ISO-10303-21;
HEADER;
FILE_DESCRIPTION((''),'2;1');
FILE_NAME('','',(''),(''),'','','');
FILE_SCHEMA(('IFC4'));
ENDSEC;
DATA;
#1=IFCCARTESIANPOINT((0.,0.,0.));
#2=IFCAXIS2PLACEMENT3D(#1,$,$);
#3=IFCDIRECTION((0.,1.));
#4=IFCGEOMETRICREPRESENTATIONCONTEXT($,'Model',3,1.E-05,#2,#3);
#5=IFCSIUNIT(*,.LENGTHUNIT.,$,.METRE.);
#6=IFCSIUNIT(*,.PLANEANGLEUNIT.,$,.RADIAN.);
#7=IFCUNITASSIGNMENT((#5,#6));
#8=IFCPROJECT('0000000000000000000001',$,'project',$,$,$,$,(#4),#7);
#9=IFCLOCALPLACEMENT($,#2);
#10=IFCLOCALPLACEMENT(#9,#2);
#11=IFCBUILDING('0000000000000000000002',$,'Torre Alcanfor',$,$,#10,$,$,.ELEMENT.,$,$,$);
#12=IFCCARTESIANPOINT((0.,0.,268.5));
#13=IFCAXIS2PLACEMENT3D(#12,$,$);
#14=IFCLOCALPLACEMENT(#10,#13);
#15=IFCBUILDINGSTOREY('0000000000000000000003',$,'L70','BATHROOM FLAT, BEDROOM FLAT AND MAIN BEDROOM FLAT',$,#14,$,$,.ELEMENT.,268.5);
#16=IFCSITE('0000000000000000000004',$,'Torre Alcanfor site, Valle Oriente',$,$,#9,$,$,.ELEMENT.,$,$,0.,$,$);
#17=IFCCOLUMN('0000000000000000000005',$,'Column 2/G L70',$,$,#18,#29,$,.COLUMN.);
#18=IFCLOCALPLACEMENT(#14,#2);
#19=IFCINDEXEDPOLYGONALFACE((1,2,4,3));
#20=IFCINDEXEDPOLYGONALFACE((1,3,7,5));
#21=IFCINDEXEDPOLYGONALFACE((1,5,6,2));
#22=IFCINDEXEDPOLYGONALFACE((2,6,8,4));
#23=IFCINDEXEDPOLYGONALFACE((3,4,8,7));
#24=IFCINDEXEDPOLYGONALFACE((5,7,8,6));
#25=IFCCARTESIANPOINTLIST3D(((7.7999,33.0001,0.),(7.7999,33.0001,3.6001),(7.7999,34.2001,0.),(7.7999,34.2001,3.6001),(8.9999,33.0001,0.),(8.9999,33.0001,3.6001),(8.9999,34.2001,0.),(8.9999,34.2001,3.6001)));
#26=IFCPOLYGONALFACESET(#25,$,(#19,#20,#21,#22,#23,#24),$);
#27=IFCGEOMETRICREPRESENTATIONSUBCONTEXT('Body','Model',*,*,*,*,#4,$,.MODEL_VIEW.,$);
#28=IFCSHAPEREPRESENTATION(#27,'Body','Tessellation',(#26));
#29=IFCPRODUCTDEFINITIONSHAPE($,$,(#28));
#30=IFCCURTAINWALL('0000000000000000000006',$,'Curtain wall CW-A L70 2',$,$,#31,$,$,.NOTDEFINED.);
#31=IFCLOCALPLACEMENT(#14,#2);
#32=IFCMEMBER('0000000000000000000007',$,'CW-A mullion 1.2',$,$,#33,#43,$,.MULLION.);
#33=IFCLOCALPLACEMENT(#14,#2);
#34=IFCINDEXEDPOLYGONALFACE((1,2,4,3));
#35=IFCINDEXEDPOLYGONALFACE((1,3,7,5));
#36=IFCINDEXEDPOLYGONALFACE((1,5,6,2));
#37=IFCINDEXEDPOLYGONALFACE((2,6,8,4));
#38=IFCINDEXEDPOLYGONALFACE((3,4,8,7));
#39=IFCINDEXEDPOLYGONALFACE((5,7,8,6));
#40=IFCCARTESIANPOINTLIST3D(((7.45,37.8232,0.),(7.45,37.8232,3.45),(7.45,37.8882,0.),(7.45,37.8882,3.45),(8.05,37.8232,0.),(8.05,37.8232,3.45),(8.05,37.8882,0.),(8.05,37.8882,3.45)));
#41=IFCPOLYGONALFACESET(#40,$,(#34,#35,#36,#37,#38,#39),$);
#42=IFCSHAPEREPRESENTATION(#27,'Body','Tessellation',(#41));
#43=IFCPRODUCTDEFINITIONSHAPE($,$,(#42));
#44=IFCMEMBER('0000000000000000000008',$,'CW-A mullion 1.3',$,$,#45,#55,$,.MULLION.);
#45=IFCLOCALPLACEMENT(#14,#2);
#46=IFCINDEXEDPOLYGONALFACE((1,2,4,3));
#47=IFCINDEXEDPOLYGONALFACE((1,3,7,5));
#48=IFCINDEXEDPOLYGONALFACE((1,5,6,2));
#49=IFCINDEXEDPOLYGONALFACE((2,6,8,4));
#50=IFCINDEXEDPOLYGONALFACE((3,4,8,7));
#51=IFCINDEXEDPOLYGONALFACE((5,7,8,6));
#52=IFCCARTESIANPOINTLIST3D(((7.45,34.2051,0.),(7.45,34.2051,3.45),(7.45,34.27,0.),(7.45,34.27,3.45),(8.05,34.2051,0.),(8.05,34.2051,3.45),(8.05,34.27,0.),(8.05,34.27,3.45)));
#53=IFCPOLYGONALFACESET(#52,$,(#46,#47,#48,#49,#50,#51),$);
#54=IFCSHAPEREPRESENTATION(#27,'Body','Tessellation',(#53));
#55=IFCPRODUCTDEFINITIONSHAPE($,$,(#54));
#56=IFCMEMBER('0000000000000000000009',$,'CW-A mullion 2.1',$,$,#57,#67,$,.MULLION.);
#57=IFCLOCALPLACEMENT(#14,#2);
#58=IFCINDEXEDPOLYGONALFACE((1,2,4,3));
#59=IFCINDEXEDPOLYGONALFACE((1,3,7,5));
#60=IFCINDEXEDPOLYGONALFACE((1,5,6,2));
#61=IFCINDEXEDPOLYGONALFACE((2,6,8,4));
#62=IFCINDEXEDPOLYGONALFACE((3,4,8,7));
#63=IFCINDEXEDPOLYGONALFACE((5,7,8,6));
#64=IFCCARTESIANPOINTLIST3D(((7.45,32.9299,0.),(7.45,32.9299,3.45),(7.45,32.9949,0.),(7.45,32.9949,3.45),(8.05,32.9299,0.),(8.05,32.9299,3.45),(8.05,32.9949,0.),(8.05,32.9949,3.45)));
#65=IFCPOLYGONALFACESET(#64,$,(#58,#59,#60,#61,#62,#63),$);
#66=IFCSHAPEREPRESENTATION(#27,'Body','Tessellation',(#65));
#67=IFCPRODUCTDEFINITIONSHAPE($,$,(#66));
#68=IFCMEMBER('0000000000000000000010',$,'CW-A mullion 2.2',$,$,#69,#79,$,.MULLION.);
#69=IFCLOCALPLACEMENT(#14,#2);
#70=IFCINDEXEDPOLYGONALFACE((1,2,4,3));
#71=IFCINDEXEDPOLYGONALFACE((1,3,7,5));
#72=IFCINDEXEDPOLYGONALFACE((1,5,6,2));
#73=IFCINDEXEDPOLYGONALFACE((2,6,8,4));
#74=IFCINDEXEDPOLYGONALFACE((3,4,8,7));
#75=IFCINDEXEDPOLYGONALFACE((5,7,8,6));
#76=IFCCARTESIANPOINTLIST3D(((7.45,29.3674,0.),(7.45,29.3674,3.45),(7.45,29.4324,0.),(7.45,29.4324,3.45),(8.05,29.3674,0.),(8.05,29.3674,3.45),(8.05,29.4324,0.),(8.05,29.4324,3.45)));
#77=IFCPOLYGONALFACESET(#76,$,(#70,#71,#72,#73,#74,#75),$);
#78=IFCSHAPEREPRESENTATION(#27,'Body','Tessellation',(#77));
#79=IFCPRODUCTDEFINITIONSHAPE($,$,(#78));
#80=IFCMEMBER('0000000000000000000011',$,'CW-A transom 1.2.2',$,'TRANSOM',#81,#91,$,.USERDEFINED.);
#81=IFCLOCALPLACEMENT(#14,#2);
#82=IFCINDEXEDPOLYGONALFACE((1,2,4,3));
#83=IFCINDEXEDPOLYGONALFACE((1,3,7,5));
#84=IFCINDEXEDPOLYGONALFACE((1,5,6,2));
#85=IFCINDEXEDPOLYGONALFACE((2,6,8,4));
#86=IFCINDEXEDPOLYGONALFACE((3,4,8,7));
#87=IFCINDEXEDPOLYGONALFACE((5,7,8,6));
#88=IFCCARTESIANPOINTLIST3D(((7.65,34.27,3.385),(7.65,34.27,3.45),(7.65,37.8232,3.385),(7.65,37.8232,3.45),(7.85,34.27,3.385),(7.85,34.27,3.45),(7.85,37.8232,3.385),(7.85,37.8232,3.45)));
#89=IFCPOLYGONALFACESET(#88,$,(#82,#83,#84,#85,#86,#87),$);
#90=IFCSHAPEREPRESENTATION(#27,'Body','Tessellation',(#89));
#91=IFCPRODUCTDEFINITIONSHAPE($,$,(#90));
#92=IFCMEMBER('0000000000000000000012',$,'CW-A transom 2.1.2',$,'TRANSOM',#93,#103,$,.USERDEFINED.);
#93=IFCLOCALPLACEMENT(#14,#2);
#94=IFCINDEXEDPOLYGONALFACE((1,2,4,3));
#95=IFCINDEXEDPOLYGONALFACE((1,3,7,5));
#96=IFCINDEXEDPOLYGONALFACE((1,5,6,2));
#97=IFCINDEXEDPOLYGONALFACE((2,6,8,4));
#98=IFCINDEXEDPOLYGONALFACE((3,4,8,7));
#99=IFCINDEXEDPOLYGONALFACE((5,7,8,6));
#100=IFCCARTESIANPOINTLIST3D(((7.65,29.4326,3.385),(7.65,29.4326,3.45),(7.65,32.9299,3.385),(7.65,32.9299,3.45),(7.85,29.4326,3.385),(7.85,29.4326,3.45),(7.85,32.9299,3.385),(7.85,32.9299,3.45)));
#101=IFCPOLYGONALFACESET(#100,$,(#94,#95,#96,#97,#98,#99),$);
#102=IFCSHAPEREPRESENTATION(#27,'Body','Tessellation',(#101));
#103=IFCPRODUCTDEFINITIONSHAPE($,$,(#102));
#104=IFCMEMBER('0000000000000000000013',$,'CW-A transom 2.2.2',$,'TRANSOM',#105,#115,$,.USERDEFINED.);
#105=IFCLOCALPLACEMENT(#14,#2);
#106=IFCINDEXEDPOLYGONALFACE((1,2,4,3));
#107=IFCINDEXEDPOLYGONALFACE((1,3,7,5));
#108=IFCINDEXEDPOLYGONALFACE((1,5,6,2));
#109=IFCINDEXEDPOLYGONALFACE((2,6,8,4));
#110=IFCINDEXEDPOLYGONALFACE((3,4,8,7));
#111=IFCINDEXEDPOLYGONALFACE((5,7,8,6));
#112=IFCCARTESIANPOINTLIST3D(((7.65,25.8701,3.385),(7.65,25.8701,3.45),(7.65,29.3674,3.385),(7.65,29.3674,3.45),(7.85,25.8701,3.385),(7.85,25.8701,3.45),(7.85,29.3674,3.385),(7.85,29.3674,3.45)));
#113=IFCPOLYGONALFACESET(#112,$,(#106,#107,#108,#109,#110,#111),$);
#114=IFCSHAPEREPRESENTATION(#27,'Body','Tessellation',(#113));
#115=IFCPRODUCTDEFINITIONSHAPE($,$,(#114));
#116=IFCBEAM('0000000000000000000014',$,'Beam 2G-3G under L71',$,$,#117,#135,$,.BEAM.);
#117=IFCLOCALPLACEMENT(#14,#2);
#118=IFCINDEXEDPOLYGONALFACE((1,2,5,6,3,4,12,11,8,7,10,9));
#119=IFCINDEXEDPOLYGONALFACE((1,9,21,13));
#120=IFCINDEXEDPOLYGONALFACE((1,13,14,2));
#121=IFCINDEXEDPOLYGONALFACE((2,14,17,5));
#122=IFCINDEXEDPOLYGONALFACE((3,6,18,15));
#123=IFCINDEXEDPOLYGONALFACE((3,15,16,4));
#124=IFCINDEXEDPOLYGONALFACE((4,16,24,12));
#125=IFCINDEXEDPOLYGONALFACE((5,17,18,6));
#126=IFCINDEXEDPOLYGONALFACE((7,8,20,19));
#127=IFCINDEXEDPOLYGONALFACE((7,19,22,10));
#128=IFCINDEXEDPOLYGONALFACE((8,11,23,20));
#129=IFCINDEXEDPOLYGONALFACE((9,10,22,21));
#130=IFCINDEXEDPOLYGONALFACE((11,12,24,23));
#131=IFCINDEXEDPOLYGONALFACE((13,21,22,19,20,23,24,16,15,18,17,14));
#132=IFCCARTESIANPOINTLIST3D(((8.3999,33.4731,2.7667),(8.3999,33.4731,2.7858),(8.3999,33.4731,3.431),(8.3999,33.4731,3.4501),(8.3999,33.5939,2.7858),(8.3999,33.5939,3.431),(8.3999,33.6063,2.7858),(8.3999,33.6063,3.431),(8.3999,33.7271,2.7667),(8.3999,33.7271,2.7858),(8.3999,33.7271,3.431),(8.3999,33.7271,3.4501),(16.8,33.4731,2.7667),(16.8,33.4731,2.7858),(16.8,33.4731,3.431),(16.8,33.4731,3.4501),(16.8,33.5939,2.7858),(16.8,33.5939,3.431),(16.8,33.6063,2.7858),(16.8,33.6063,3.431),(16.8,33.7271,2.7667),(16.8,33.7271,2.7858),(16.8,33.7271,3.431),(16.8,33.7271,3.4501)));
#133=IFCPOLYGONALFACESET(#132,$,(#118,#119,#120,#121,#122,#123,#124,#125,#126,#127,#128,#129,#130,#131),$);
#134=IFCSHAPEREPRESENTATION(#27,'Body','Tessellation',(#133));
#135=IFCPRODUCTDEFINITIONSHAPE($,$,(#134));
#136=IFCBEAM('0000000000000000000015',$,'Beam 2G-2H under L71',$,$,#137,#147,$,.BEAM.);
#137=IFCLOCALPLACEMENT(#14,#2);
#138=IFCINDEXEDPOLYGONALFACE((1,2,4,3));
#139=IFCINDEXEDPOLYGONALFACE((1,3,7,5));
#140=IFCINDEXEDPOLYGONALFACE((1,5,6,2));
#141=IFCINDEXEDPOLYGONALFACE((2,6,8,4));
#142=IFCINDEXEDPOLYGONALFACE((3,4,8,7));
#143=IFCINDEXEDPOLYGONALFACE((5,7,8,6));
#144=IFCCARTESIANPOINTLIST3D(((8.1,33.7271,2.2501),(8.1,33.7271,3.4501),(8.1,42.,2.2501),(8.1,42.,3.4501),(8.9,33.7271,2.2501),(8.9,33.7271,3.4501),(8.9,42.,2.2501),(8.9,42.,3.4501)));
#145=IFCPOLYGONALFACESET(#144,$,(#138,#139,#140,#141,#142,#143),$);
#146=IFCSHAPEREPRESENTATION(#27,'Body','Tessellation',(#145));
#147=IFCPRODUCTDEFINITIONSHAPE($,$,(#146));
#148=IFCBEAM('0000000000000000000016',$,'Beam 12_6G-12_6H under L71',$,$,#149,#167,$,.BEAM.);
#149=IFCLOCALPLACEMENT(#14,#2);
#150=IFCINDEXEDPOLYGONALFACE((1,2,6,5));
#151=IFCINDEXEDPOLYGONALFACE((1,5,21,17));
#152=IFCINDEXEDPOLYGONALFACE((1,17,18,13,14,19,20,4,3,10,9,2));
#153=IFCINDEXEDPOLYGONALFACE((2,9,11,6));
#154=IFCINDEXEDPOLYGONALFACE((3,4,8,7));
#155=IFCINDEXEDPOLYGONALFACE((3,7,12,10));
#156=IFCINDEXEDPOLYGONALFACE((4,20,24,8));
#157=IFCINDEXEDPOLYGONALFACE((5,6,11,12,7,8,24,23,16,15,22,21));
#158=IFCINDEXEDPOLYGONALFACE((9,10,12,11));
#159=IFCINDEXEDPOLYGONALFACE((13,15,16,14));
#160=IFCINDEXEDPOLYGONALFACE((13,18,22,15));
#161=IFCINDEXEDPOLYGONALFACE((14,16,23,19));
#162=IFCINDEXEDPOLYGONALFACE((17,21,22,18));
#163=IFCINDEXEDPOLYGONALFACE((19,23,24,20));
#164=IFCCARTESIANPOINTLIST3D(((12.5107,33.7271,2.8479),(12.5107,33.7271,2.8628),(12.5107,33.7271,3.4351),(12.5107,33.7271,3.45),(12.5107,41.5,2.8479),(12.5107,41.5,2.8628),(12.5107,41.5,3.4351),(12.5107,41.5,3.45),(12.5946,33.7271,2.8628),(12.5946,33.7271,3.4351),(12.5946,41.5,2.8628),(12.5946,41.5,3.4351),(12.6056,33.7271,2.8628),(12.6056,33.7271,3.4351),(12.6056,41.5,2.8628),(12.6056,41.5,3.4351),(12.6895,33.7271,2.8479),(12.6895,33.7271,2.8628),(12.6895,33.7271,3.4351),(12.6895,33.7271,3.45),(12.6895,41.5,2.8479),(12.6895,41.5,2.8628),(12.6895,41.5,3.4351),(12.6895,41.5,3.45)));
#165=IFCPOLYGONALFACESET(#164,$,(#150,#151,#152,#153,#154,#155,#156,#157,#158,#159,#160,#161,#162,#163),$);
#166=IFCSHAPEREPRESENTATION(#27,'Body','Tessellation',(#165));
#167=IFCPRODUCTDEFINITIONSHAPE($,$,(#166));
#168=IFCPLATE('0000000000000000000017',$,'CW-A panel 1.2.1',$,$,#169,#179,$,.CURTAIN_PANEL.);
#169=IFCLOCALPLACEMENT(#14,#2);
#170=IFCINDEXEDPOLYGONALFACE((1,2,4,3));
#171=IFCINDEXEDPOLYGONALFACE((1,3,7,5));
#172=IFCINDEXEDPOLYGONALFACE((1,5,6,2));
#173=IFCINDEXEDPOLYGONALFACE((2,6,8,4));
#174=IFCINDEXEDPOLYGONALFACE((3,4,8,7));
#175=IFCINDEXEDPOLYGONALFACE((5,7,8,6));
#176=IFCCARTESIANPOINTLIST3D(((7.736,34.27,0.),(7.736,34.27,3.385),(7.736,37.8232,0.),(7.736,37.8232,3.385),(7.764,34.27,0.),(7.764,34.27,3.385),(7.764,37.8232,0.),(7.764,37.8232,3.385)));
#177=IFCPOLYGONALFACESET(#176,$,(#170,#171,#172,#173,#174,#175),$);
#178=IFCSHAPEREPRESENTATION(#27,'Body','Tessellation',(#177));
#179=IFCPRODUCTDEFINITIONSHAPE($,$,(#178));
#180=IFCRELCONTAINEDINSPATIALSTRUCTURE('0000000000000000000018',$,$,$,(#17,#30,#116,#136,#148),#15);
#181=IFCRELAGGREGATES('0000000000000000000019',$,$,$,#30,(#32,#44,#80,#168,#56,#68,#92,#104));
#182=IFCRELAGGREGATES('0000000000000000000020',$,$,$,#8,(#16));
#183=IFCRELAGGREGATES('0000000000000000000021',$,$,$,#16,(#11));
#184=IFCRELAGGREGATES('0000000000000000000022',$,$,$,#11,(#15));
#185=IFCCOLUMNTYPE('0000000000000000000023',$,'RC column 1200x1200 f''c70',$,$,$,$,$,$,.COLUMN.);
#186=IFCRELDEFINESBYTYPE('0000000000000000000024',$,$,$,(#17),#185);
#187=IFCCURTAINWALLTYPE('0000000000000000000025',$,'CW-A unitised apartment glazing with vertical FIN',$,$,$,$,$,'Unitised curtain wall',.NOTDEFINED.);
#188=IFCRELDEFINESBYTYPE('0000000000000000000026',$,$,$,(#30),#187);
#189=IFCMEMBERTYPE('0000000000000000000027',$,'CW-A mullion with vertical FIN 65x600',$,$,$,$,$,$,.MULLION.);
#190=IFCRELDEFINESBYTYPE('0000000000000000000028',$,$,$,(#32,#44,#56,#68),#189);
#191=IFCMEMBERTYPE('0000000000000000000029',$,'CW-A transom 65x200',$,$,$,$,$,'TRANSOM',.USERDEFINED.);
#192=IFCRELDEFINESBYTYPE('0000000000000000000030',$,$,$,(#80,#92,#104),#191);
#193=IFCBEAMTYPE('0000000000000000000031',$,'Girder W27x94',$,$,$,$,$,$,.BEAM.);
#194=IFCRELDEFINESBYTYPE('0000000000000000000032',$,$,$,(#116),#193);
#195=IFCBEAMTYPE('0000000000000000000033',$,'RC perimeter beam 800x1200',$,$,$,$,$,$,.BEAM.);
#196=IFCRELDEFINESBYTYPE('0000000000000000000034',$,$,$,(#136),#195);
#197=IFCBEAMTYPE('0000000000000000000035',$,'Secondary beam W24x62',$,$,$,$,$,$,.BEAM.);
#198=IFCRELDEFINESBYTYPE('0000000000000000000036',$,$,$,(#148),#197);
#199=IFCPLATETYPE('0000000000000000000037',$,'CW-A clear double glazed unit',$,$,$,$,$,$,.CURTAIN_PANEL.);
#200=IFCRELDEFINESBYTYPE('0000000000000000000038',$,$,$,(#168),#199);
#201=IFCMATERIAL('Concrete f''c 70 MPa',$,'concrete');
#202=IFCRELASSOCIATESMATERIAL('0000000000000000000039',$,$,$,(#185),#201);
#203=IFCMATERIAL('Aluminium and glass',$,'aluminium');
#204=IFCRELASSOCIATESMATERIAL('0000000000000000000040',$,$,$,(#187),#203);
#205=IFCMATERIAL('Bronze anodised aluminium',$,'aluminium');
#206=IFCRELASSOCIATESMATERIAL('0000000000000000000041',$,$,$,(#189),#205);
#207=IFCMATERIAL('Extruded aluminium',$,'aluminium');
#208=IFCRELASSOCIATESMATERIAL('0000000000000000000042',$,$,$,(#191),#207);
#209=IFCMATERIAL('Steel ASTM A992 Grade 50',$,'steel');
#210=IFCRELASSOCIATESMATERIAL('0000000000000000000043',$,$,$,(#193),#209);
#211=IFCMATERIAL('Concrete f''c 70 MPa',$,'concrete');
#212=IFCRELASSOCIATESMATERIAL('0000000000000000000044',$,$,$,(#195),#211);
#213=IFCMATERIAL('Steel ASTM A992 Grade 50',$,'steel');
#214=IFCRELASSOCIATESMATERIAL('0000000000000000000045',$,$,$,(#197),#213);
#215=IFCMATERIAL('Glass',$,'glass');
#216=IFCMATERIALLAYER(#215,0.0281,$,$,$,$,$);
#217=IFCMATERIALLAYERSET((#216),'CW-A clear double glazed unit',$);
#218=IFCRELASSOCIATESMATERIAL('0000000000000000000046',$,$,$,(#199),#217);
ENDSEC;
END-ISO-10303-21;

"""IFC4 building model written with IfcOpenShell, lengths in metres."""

from ifc_helpers import new_model, si_unit, direction, frame, origin, origin_2d, place, context, subcontext, project, spatial, rectangle, i_section, extrude, material, layer, layer_set, material_profile, profile_set, type_object, element, aggregate, save


model = new_model("IFC4")

# Units and contexts
model_context = context("Model", 3, precision=1e-05, world=origin(), true_north=direction((0.0, 1.0)))
body_context = subcontext(model_context, "Body", "Model", "MODEL_VIEW")
ifc_project = project(units=[si_unit("LENGTHUNIT", "METRE"), si_unit("PLANEANGLEUNIT", "RADIAN")], contexts=[model_context])

# Site, building, storey
site_placement = place(None, origin())
site = spatial("IfcSite", under=ifc_project, at=site_placement, Name="Torre Alcanfor site, Valle Oriente", CompositionType="ELEMENT", RefElevation=0.0)
building_placement = place(site_placement, origin())
building = spatial("IfcBuilding", under=site, at=building_placement, Name="Torre Alcanfor", CompositionType="ELEMENT")
storey_placement = place(building_placement, frame((0.0, 0.0, 268.5)))
storey = spatial("IfcBuildingStorey", under=building, at=storey_placement, Name="L70", Description="BATHROOM FLAT, BEDROOM FLAT AND MAIN BEDROOM FLAT", CompositionType="ELEMENT", Elevation=268.5)

# Column
ifc_material_1 = material(Name="Concrete f'c 70 MPa", Category="concrete")
ifc_material_profile_1 = material_profile(ifc_material_1, rectangle(XDim=1.2, YDim=1.2, at=origin_2d()), Name="1200x1200")
ifc_profile_set_1 = profile_set([ifc_material_profile_1], Name="Concrete f'c 70 MPa")
column_type = type_object("IfcColumnType", Name="RC column 1200x1200 f'c70", PredefinedType="COLUMN", material=ifc_profile_set_1)
column_placement = place(storey_placement, frame((8.3999, 33.6001, 0.0), z_axis=(0.0, 0.0, 1.0), x_axis=(1.0, 0.0, 0.0)))
element("IfcColumn", 1, at=column_placement, inside=storey, type_object=column_type, Name="Column 2/G L70", PredefinedType="COLUMN", context=body_context, shape_type="SweptSolid", body=[
    extrude(rectangle(XDim=1.2, YDim=1.2, at=origin_2d()), origin(), (0.0, 0.0, 1.0), 3.6001),
])

# Curtain wall, members
ifc_material_2 = material(Name="Aluminium and glass", Category="aluminium")
curtain_wall_type = type_object("IfcCurtainWallType", Name="CW-A unitised apartment glazing with vertical FIN", ElementType="Unitised curtain wall", PredefinedType="NOTDEFINED", material=ifc_material_2)
curtain_wall_placement = place(storey_placement, origin())
curtain_wall = element("IfcCurtainWall", 2, at=curtain_wall_placement, inside=storey, type_object=curtain_wall_type, Name="Curtain wall CW-A L70 2", PredefinedType="NOTDEFINED")
ifc_material_3 = material(Name="Bronze anodised aluminium", Category="aluminium")
ifc_material_profile_2 = material_profile(ifc_material_3, rectangle(XDim=0.6001, YDim=0.0649, at=origin_2d()), Name="CW-A mullion 65x600")
ifc_profile_set_2 = profile_set([ifc_material_profile_2], Name="Bronze anodised aluminium")
member_type_1 = type_object("IfcMemberType", Name="CW-A mullion with vertical FIN 65x600", PredefinedType="MULLION", material=ifc_profile_set_2)
member_1_placement = place(storey_placement, frame((7.75, 37.8557, 0.0), z_axis=(0.0, 0.0, 1.0), x_axis=(1.0, 0.0, 0.0)))
member_1 = element("IfcMember", 3, at=member_1_placement, type_object=member_type_1, Name="CW-A mullion 1.2", PredefinedType="MULLION", context=body_context, shape_type="SweptSolid", body=[
    extrude(rectangle(XDim=0.6001, YDim=0.0649, at=origin_2d()), origin(), (0.0, 0.0, 1.0), 3.45),
])
member_2_placement = place(storey_placement, frame((7.75, 34.2375, 0.0), z_axis=(0.0, 0.0, 1.0), x_axis=(1.0, 0.0, 0.0)))
member_2 = element("IfcMember", 4, at=member_2_placement, type_object=member_type_1, Name="CW-A mullion 1.3", PredefinedType="MULLION", context=body_context, shape_type="SweptSolid", body=[
    extrude(rectangle(XDim=0.6001, YDim=0.0649, at=origin_2d()), origin(), (0.0, 0.0, 1.0), 3.45),
])
member_3_placement = place(storey_placement, frame((7.75, 32.9624, 0.0), z_axis=(0.0, 0.0, 1.0), x_axis=(1.0, 0.0, 0.0)))
member_3 = element("IfcMember", 5, at=member_3_placement, type_object=member_type_1, Name="CW-A mullion 2.1", PredefinedType="MULLION", context=body_context, shape_type="SweptSolid", body=[
    extrude(rectangle(XDim=0.6001, YDim=0.0649, at=origin_2d()), origin(), (0.0, 0.0, 1.0), 3.45),
])
member_4_placement = place(storey_placement, frame((7.75, 29.3999, 0.0), z_axis=(0.0, 0.0, 1.0), x_axis=(1.0, 0.0, 0.0)))
member_4 = element("IfcMember", 6, at=member_4_placement, type_object=member_type_1, Name="CW-A mullion 2.2", PredefinedType="MULLION", context=body_context, shape_type="SweptSolid", body=[
    extrude(rectangle(XDim=0.6001, YDim=0.0649, at=origin_2d()), origin(), (0.0, 0.0, 1.0), 3.45),
])
ifc_material_4 = material(Name="Extruded aluminium", Category="aluminium")
ifc_material_profile_3 = material_profile(ifc_material_4, rectangle(XDim=0.2, YDim=0.0649, at=origin_2d()), Name="CW-A transom 200x65")
ifc_profile_set_3 = profile_set([ifc_material_profile_3], Name="Extruded aluminium")
member_type_2 = type_object("IfcMemberType", Name="CW-A transom 65x200", ElementType="TRANSOM", PredefinedType="USERDEFINED", material=ifc_profile_set_3)
member_5_placement = place(storey_placement, frame((7.75, 37.8232, 3.4175), z_axis=(0.0, -1.0, 0.0), x_axis=(1.0, 0.0, 0.0)))
member_5 = element("IfcMember", 7, at=member_5_placement, type_object=member_type_2, Name="CW-A transom 1.2.2", ObjectType="TRANSOM", PredefinedType="USERDEFINED", context=body_context, shape_type="SweptSolid", body=[
    extrude(rectangle(XDim=0.2, YDim=0.0649, at=origin_2d()), origin(), (0.0, 0.0, 1.0), 3.5532),
])
member_6_placement = place(storey_placement, frame((7.75, 32.9299, 3.4175), z_axis=(0.0, -1.0, 0.0), x_axis=(1.0, 0.0, 0.0)))
member_6 = element("IfcMember", 8, at=member_6_placement, type_object=member_type_2, Name="CW-A transom 2.1.2", ObjectType="TRANSOM", PredefinedType="USERDEFINED", context=body_context, shape_type="SweptSolid", body=[
    extrude(rectangle(XDim=0.2, YDim=0.0649, at=origin_2d()), origin(), (0.0, 0.0, 1.0), 3.4973),
])
member_7_placement = place(storey_placement, frame((7.75, 29.3674, 3.4175), z_axis=(0.0, -1.0, 0.0), x_axis=(1.0, 0.0, 0.0)))
member_7 = element("IfcMember", 9, at=member_7_placement, type_object=member_type_2, Name="CW-A transom 2.2.2", ObjectType="TRANSOM", PredefinedType="USERDEFINED", context=body_context, shape_type="SweptSolid", body=[
    extrude(rectangle(XDim=0.2, YDim=0.0649, at=origin_2d()), origin(), (0.0, 0.0, 1.0), 3.4973),
])

# Beams
ifc_material_5 = material(Name="Steel ASTM A992 Grade 50", Category="steel")
ifc_material_profile_4 = material_profile(ifc_material_5, i_section(OverallWidth=0.2539, OverallDepth=0.6833, WebThickness=0.0125, FlangeThickness=0.019, at=origin_2d()), Name="W27x94")
ifc_profile_set_4 = profile_set([ifc_material_profile_4], Name="Steel ASTM A992 Grade 50")
beam_type_1 = type_object("IfcBeamType", Name="Girder W27x94", PredefinedType="BEAM", material=ifc_profile_set_4)
beam_1_placement = place(storey_placement, frame((8.3999, 33.6001, 3.1084), z_axis=(1.0, 0.0, 0.0), x_axis=(0.0, 1.0, 0.0)))
element("IfcBeam", 10, at=beam_1_placement, inside=storey, type_object=beam_type_1, Name="Beam 2G-3G under L71", PredefinedType="BEAM", context=body_context, shape_type="SweptSolid", body=[
    extrude(i_section(OverallWidth=0.2539, OverallDepth=0.6833, WebThickness=0.0125, FlangeThickness=0.019, at=origin_2d()), origin(), (0.0, 0.0, 1.0), 8.4001),
])
ifc_material_6 = material(Name="Concrete f'c 70 MPa", Category="concrete")
ifc_material_profile_5 = material_profile(ifc_material_6, rectangle(XDim=0.8, YDim=1.2, at=origin_2d()), Name="800x1200")
ifc_profile_set_5 = profile_set([ifc_material_profile_5], Name="Concrete f'c 70 MPa")
beam_type_2 = type_object("IfcBeamType", Name="RC perimeter beam 800x1200", PredefinedType="BEAM", material=ifc_profile_set_5)
beam_2_placement = place(storey_placement, frame((8.5, 33.7271, 2.8501), z_axis=(0.0, 1.0, 0.0), x_axis=(-1.0, 0.0, 0.0)))
element("IfcBeam", 11, at=beam_2_placement, inside=storey, type_object=beam_type_2, Name="Beam 2G-2H under L71", PredefinedType="BEAM", context=body_context, shape_type="SweptSolid", body=[
    extrude(rectangle(XDim=0.8, YDim=1.2, at=origin_2d()), origin(), (0.0, 0.0, 1.0), 8.2729),
])
ifc_material_7 = material(Name="Steel ASTM A992 Grade 50", Category="steel")
ifc_material_profile_6 = material_profile(ifc_material_7, i_section(OverallWidth=0.1787, OverallDepth=0.6021, WebThickness=0.011, FlangeThickness=0.0149, at=origin_2d()), Name="W24x62")
ifc_profile_set_6 = profile_set([ifc_material_profile_6], Name="Steel ASTM A992 Grade 50")
beam_type_3 = type_object("IfcBeamType", Name="Secondary beam W24x62", PredefinedType="BEAM", material=ifc_profile_set_6)
beam_3_placement = place(storey_placement, frame((12.6001, 33.7271, 3.1489), z_axis=(0.0, 1.0, 0.0), x_axis=(-1.0, 0.0, 0.0)))
element("IfcBeam", 12, at=beam_3_placement, inside=storey, type_object=beam_type_3, Name="Beam 12_6G-12_6H under L71", PredefinedType="BEAM", context=body_context, shape_type="SweptSolid", body=[
    extrude(i_section(OverallWidth=0.1787, OverallDepth=0.6021, WebThickness=0.011, FlangeThickness=0.0149, at=origin_2d()), origin(), (0.0, 0.0, 1.0), 7.7729),
])

# Plate
ifc_material_8 = material(Name="Glass", Category="glass")
ifc_layer_1 = layer(ifc_material_8, 0.0281)
ifc_layer_set_1 = layer_set([ifc_layer_1], Name="CW-A clear double glazed unit")
plate_type = type_object("IfcPlateType", Name="CW-A clear double glazed unit", PredefinedType="CURTAIN_PANEL", material=ifc_layer_set_1)
plate_1_placement = place(storey_placement, frame((7.75, 36.0466, 0.0), z_axis=(0.0, 0.0, 1.0), x_axis=(0.0, -1.0, 0.0)))
plate_1 = element("IfcPlate", 13, at=plate_1_placement, type_object=plate_type, Name="CW-A panel 1.2.1", PredefinedType="CURTAIN_PANEL", context=body_context, shape_type="SweptSolid", body=[
    extrude(rectangle(XDim=3.5532, YDim=0.0281, at=origin_2d()), origin(), (0.0, 0.0, 1.0), 3.385),
])
aggregate(curtain_wall, [member_1, member_2, member_5, plate_1, member_3, member_4, member_6, member_7])

save(model, "model.ifc")
